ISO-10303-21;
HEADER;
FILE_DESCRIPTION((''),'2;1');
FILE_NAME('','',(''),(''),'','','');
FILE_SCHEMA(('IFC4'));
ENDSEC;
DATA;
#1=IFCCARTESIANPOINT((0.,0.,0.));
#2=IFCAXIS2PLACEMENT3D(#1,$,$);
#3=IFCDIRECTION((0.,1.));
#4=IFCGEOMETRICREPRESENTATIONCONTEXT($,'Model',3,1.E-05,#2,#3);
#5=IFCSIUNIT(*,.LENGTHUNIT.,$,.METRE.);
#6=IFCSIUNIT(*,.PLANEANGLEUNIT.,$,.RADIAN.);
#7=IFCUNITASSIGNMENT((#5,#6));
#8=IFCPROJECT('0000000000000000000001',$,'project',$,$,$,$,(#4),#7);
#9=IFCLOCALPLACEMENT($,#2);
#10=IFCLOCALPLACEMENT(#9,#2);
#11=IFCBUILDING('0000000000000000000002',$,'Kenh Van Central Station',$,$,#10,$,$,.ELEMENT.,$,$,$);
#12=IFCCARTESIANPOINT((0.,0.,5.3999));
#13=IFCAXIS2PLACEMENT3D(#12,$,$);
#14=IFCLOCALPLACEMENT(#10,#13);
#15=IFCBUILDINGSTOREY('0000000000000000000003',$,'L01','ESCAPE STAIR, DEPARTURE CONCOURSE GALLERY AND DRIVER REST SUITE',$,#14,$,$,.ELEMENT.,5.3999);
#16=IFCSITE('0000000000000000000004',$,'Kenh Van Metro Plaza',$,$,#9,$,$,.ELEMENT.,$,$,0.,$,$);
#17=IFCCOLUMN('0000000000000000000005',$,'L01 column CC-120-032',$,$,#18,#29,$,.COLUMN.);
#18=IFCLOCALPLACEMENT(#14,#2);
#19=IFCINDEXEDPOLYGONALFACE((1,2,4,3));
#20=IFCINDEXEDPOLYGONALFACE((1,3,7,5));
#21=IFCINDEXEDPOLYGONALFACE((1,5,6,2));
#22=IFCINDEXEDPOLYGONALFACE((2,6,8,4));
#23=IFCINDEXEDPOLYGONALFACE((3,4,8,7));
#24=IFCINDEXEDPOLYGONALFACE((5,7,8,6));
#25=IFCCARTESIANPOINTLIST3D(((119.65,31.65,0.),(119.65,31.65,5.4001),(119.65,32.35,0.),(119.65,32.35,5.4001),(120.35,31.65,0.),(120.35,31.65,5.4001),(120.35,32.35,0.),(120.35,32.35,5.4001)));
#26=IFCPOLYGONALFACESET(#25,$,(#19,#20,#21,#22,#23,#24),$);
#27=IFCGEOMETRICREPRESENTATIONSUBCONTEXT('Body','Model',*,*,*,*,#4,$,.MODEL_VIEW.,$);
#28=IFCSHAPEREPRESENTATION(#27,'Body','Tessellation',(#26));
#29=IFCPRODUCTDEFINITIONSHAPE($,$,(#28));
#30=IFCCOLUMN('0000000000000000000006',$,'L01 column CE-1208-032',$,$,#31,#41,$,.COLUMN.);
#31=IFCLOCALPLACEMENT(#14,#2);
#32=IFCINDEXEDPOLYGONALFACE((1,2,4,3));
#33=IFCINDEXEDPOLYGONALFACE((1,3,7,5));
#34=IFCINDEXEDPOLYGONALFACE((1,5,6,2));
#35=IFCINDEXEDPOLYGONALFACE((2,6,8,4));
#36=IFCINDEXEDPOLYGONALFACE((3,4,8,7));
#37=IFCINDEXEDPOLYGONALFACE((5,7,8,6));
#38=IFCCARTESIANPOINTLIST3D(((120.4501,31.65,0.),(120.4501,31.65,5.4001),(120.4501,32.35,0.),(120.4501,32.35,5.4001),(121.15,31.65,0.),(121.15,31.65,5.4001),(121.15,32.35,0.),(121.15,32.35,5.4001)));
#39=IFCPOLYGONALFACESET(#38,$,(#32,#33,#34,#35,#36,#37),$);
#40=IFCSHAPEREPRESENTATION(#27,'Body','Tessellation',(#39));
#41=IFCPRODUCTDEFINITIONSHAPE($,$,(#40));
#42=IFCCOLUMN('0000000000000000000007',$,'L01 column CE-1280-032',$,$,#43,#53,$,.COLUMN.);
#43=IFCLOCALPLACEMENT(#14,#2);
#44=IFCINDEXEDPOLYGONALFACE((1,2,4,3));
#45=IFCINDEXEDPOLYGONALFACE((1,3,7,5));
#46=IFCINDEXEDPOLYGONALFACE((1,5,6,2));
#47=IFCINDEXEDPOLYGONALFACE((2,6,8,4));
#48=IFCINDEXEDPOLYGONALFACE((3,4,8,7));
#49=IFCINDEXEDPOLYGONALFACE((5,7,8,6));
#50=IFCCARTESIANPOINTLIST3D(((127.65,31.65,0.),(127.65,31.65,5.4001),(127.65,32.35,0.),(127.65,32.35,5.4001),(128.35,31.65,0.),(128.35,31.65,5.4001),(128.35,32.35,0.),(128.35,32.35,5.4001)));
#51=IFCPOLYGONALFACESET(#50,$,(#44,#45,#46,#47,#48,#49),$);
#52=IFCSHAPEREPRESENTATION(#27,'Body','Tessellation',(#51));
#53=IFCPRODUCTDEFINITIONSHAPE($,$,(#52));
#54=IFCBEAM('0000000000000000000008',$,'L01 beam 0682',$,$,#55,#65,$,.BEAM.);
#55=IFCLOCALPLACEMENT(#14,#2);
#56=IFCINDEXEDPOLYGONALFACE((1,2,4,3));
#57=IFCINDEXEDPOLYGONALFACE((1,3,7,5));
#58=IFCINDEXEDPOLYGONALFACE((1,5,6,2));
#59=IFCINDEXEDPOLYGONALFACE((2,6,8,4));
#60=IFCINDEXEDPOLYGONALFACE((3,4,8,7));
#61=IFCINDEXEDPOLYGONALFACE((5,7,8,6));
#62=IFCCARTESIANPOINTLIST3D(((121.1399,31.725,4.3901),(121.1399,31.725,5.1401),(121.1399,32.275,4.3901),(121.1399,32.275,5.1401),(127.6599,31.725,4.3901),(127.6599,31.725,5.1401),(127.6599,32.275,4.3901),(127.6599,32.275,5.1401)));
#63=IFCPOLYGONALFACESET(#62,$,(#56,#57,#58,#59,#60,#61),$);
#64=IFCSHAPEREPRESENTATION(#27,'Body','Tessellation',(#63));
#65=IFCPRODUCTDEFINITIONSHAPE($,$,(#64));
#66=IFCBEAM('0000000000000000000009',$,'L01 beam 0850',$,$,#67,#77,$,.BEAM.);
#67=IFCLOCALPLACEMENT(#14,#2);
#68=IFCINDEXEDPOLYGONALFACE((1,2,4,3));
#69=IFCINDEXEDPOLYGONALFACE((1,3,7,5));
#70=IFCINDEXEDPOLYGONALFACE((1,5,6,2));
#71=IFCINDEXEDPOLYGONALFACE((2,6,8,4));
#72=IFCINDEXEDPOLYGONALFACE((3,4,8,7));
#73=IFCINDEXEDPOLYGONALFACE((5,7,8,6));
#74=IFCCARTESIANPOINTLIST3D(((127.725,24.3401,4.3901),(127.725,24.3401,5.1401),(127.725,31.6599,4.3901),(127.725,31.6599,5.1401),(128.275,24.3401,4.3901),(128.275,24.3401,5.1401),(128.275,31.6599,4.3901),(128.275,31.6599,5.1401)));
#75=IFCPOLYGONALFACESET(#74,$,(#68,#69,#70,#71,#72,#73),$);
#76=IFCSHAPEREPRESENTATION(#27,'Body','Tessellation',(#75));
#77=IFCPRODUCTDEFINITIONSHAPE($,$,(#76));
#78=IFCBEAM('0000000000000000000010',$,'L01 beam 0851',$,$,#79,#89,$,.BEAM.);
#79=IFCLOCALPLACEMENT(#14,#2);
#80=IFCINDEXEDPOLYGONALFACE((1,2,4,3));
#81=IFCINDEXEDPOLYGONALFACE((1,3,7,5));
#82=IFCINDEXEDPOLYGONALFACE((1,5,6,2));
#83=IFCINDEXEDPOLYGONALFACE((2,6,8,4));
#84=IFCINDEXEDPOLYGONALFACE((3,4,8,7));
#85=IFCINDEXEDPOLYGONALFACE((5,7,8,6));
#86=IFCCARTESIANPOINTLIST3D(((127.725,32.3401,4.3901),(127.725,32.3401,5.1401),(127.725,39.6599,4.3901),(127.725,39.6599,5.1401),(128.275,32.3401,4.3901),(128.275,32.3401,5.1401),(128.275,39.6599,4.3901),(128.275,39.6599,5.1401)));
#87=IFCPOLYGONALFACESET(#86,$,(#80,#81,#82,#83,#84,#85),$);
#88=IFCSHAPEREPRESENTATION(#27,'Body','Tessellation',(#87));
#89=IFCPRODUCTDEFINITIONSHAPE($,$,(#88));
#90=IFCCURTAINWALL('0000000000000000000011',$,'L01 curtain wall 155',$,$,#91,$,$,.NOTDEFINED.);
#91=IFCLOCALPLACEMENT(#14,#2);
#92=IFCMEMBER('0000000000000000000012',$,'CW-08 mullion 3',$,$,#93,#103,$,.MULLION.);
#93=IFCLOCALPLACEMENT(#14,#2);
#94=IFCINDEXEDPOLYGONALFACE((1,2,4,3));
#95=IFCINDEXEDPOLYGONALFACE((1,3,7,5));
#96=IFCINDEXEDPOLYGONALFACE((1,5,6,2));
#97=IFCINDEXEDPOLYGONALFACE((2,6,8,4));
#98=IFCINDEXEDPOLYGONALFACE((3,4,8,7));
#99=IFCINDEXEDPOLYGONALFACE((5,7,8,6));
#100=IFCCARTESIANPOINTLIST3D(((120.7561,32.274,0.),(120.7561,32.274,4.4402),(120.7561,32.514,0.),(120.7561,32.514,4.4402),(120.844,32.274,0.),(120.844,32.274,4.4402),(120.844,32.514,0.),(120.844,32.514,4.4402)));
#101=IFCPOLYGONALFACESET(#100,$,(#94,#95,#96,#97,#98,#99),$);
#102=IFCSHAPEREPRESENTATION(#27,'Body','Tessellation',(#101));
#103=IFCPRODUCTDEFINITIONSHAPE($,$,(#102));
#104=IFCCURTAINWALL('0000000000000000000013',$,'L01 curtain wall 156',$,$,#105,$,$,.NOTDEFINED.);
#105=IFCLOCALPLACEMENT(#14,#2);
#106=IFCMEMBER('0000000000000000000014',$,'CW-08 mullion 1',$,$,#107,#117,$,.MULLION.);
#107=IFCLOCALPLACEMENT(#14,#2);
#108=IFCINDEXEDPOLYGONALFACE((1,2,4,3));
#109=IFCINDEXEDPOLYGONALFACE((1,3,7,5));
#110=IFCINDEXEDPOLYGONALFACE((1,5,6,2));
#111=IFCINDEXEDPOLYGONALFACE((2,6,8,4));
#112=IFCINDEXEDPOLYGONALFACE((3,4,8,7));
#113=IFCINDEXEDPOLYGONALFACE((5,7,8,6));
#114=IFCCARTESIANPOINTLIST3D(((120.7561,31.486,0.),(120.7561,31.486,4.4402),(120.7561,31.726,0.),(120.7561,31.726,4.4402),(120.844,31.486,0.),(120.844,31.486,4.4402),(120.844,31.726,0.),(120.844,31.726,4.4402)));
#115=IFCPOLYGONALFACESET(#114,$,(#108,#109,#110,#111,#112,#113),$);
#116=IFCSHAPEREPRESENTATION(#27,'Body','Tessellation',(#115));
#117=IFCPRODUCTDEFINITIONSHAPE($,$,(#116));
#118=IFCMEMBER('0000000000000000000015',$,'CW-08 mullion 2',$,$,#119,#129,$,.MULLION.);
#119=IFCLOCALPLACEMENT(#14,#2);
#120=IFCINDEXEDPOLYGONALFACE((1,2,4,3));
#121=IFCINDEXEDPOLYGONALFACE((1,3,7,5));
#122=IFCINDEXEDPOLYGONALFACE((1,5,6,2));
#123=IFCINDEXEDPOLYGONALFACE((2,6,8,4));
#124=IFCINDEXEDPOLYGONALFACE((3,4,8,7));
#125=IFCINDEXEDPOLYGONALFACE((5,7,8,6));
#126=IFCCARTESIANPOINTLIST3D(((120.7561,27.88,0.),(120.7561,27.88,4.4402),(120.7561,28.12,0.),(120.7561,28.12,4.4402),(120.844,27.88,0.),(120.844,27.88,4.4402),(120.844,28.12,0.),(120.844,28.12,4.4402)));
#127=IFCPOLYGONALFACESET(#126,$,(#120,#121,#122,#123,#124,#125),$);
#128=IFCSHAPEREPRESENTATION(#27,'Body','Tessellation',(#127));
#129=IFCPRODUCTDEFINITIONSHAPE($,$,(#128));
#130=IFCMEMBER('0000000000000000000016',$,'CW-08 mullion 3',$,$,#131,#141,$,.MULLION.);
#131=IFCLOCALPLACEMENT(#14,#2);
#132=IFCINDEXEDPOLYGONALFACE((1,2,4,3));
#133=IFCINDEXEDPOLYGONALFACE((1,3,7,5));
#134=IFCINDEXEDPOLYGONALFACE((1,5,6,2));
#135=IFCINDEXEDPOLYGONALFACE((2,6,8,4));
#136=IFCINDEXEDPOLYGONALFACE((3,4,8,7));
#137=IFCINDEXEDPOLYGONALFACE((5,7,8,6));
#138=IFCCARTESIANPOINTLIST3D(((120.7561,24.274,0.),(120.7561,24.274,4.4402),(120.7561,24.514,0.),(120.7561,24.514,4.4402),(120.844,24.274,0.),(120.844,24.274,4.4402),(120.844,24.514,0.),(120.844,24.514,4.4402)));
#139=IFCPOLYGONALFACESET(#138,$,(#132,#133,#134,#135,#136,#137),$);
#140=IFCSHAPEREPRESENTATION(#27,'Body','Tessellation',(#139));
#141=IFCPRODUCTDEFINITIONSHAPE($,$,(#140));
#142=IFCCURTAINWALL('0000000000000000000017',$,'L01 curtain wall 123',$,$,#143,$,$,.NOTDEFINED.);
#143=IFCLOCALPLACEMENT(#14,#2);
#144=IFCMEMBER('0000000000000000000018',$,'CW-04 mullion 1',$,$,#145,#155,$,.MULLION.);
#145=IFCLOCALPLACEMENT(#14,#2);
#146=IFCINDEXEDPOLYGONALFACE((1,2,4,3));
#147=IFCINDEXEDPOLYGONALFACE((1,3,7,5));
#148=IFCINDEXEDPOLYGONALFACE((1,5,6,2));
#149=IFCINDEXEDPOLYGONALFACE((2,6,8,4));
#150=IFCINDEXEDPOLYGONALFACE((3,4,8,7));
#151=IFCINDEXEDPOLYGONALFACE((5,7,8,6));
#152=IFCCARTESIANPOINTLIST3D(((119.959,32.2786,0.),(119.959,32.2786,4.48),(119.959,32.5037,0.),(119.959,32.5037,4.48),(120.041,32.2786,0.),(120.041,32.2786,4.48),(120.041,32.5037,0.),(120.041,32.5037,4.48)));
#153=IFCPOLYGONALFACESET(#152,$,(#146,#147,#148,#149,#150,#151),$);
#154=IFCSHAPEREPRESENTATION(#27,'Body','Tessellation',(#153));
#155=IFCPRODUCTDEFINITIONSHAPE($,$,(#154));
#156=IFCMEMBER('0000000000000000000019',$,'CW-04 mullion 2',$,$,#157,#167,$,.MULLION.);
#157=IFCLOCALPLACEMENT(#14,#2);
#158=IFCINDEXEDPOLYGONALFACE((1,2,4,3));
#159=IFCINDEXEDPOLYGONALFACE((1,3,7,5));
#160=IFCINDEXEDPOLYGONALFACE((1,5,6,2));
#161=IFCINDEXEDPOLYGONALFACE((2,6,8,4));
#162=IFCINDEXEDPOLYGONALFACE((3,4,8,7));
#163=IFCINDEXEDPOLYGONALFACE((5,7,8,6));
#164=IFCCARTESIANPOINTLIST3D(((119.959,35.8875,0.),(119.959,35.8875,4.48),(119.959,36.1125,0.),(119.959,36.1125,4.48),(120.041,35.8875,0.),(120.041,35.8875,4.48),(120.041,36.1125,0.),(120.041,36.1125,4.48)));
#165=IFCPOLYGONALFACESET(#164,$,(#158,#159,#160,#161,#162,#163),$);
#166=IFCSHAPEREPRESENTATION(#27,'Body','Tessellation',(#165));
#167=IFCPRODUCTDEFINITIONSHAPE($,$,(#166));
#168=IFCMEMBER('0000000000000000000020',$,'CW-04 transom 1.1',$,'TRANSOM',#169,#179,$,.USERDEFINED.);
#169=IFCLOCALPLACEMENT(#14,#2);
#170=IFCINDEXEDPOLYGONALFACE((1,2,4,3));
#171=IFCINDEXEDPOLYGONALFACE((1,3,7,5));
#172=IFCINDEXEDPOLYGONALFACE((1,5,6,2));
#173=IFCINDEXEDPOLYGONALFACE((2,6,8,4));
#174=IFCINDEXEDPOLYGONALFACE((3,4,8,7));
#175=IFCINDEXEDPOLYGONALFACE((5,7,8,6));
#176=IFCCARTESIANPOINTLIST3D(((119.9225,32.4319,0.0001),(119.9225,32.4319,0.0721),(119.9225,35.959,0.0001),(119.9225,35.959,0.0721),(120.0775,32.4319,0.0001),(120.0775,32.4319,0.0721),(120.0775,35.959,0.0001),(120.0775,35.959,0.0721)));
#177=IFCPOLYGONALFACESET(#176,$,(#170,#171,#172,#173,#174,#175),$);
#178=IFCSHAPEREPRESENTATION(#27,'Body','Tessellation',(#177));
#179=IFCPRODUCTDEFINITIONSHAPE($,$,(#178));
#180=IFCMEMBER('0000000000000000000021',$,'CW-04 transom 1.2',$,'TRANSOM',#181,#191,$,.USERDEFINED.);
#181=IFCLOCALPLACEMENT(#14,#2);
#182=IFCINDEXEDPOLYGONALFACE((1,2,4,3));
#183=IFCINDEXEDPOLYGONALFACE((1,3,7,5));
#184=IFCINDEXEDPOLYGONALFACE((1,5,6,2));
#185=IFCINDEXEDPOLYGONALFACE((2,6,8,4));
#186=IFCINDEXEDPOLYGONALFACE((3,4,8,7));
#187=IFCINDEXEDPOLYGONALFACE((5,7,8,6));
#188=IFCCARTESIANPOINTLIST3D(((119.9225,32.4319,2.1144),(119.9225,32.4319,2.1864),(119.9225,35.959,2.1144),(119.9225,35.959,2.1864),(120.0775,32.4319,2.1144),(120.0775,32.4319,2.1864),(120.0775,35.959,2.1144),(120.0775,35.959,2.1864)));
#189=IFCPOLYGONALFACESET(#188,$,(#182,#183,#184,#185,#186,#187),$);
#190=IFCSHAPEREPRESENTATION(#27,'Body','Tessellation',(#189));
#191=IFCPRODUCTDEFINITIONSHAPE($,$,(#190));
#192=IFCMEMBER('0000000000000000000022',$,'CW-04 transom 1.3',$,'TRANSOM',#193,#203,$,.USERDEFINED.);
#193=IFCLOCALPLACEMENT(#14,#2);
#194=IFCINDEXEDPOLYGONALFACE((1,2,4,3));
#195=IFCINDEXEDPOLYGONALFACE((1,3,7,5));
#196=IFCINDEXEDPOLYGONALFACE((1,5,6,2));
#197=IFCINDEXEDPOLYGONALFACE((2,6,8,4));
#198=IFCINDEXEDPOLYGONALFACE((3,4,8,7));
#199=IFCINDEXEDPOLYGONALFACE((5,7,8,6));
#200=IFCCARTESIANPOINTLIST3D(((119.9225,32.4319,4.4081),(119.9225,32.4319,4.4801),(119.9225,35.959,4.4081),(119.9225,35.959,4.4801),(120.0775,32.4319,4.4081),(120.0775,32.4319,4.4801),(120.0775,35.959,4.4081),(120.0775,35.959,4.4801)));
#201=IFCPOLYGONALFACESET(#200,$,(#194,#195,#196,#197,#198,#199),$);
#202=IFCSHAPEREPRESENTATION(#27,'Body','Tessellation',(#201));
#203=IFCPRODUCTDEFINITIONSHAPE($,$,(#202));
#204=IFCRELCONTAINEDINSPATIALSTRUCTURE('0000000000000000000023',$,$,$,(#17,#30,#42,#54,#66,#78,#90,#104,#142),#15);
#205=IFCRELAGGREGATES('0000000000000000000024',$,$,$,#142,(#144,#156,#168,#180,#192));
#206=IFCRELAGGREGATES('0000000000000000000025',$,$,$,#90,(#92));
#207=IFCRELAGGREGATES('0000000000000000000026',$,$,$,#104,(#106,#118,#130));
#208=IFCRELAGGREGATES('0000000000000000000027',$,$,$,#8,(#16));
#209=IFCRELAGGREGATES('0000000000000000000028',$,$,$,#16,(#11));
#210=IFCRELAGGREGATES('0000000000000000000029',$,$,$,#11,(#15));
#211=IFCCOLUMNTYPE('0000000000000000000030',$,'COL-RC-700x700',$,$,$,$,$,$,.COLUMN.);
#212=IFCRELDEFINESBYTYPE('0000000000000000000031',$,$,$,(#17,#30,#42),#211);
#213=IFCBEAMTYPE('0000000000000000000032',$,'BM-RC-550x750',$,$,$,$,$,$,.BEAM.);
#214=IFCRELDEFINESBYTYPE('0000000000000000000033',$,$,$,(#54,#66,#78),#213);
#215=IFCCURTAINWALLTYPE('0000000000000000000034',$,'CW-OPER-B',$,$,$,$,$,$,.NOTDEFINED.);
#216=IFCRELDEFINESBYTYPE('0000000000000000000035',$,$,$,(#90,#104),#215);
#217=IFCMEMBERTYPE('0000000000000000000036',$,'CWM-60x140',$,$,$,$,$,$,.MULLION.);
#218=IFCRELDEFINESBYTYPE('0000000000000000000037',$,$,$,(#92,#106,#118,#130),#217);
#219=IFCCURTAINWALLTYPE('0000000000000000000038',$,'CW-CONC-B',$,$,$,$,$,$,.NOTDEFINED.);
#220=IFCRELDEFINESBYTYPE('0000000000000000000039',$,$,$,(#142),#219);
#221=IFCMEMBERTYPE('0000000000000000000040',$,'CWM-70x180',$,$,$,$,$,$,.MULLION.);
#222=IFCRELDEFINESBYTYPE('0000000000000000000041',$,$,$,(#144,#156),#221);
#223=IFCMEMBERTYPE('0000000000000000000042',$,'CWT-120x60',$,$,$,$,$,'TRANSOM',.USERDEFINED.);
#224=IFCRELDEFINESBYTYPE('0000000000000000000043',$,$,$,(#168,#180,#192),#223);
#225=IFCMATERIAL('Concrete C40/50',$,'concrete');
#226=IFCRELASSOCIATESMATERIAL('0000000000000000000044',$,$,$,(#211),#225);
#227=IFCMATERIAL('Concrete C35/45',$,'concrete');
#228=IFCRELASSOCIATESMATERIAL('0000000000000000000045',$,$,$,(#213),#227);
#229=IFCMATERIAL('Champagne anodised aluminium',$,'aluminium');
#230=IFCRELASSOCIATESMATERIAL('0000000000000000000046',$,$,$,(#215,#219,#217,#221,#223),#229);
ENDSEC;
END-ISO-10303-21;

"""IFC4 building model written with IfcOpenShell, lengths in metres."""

from ifc_helpers import new_model, si_unit, direction, frame, origin, origin_2d, place, context, subcontext, project, spatial, rectangle, extrude, material, material_profile, profile_set, type_object, element, aggregate, save


model = new_model("IFC4")

# Units and contexts
model_context = context("Model", 3, precision=1e-05, world=origin(), true_north=direction((0.0, 1.0)))
body_context = subcontext(model_context, "Body", "Model", "MODEL_VIEW")
ifc_project = project(units=[si_unit("LENGTHUNIT", "METRE"), si_unit("PLANEANGLEUNIT", "RADIAN")], contexts=[model_context])

# Site, building, storey
site_placement = place(None, origin())
site = spatial("IfcSite", under=ifc_project, at=site_placement, Name="Kenh Van Metro Plaza", CompositionType="ELEMENT", RefElevation=0.0)
building_placement = place(site_placement, origin())
building = spatial("IfcBuilding", under=site, at=building_placement, Name="Kenh Van Central Station", CompositionType="ELEMENT")
storey_placement = place(building_placement, frame((0.0, 0.0, 5.3999)))
storey = spatial("IfcBuildingStorey", under=building, at=storey_placement, Name="L01", Description="ESCAPE STAIR, DEPARTURE CONCOURSE GALLERY AND DRIVER REST SUITE", CompositionType="ELEMENT", Elevation=5.3999)

# Columns
ifc_material_1 = material(Name="Concrete C40/50", Category="concrete")
ifc_material_profile_1 = material_profile(ifc_material_1, rectangle(XDim=0.7, YDim=0.7, at=origin_2d()), Name="RC 700x700")
ifc_profile_set_1 = profile_set([ifc_material_profile_1], Name="Concrete C40/50")
column_type = type_object("IfcColumnType", Name="COL-RC-700x700", PredefinedType="COLUMN", material=ifc_profile_set_1)
for number, where, z_axis, x_axis, name in (
    (1, (120.0, 32.0, 0.0), (0.0, 0.0, 1.0), (1.0, 0.0, 0.0), "L01 column CC-120-032"),
    (2, (120.8, 32.0, 0.0), (0.0, 0.0, 1.0), (1.0, 0.0, 0.0), "L01 column CE-1208-032"),
    (3, (128.0, 32.0, 0.0), (0.0, 0.0, 1.0), (1.0, 0.0, 0.0), "L01 column CE-1280-032"),
):
    element("IfcColumn", number, at=place(storey_placement, frame(where, z_axis=z_axis, x_axis=x_axis)), inside=storey, type_object=column_type, Name=name, PredefinedType="COLUMN", context=body_context, shape_type="SweptSolid", body=[
        extrude(rectangle(XDim=0.7, YDim=0.7, at=origin_2d()), origin(), (0.0, 0.0, 1.0), 5.4001),
    ])

# Beams
ifc_material_2 = material(Name="Concrete C35/45", Category="concrete")
ifc_material_profile_2 = material_profile(ifc_material_2, rectangle(XDim=0.55, YDim=0.75, at=origin_2d()), Name="RC 550x750")
ifc_profile_set_2 = profile_set([ifc_material_profile_2], Name="Concrete C35/45")
beam_type_1 = type_object("IfcBeamType", Name="BM-RC-550x750", PredefinedType="BEAM", material=ifc_profile_set_2)
beam_placement = place(storey_placement, frame((121.1399, 32.0, 4.7651), z_axis=(1.0, 0.0, 0.0), x_axis=(0.0, 1.0, 0.0)))
element("IfcBeam", 4, at=beam_placement, inside=storey, type_object=beam_type_1, Name="L01 beam 0682", PredefinedType="BEAM", context=body_context, shape_type="SweptSolid", body=[
    extrude(rectangle(XDim=0.55, YDim=0.75, at=origin_2d()), origin(), (0.0, 0.0, 1.0), 6.52),
])
for number, where, z_axis, x_axis, name in (
    (5, (128.0, 24.3401, 4.7651), (0.0, 1.0, 0.0), (-1.0, 0.0, 0.0), "L01 beam 0850"),
    (6, (128.0, 32.3401, 4.7651), (0.0, 1.0, 0.0), (-1.0, 0.0, 0.0), "L01 beam 0851"),
):
    element("IfcBeam", number, at=place(storey_placement, frame(where, z_axis=z_axis, x_axis=x_axis)), inside=storey, type_object=beam_type_1, Name=name, PredefinedType="BEAM", context=body_context, shape_type="SweptSolid", body=[
        extrude(rectangle(XDim=0.55, YDim=0.75, at=origin_2d()), origin(), (0.0, 0.0, 1.0), 7.3198),
    ])

# Curtain wall, member
ifc_material_3 = material(Name="Champagne anodised aluminium", Category="aluminium")
curtain_wall_type_1 = type_object("IfcCurtainWallType", Name="CW-OPER-B", PredefinedType="NOTDEFINED", material=ifc_material_3)
curtain_wall_1_placement = place(storey_placement, origin())
curtain_wall_1 = element("IfcCurtainWall", 7, at=curtain_wall_1_placement, inside=storey, type_object=curtain_wall_type_1, Name="L01 curtain wall 155", PredefinedType="NOTDEFINED")
ifc_material_profile_3 = material_profile(ifc_material_3, rectangle(XDim=0.0879, YDim=0.24, at=origin_2d()), Name="AL 88x240")
ifc_profile_set_3 = profile_set([ifc_material_profile_3], Name="Champagne anodised aluminium")
member_type_1 = type_object("IfcMemberType", Name="CWM-60x140", PredefinedType="MULLION", material=ifc_profile_set_3)
member_1_placement = place(storey_placement, frame((120.8, 32.394, 0.0), z_axis=(0.0, 0.0, 1.0), x_axis=(1.0, 0.0, 0.0)))
member_1 = element("IfcMember", 8, at=member_1_placement, type_object=member_type_1, Name="CW-08 mullion 3", PredefinedType="MULLION", context=body_context, shape_type="SweptSolid", body=[
    extrude(rectangle(XDim=0.0879, YDim=0.24, at=origin_2d()), origin(), (0.0, 0.0, 1.0), 4.4402),
])

# Curtain walls, members
curtain_wall_2_placement = place(storey_placement, origin())
curtain_wall_2 = element("IfcCurtainWall", 9, at=curtain_wall_2_placement, inside=storey, type_object=curtain_wall_type_1, Name="L01 curtain wall 156", PredefinedType="NOTDEFINED")
member_2_placement = place(storey_placement, frame((120.8, 31.606, 0.0), z_axis=(0.0, 0.0, 1.0), x_axis=(1.0, 0.0, 0.0)))
member_2 = element("IfcMember", 10, at=member_2_placement, type_object=member_type_1, Name="CW-08 mullion 1", PredefinedType="MULLION", context=body_context, shape_type="SweptSolid", body=[
    extrude(rectangle(XDim=0.0879, YDim=0.24, at=origin_2d()), origin(), (0.0, 0.0, 1.0), 4.4402),
])
member_3_placement = place(storey_placement, frame((120.8, 28.0, 0.0), z_axis=(0.0, 0.0, 1.0), x_axis=(1.0, 0.0, 0.0)))
member_3 = element("IfcMember", 11, at=member_3_placement, type_object=member_type_1, Name="CW-08 mullion 2", PredefinedType="MULLION", context=body_context, shape_type="SweptSolid", body=[
    extrude(rectangle(XDim=0.0879, YDim=0.24, at=origin_2d()), origin(), (0.0, 0.0, 1.0), 4.4402),
])
member_4_placement = place(storey_placement, frame((120.8, 24.394, 0.0), z_axis=(0.0, 0.0, 1.0), x_axis=(1.0, 0.0, 0.0)))
member_4 = element("IfcMember", 12, at=member_4_placement, type_object=member_type_1, Name="CW-08 mullion 3", PredefinedType="MULLION", context=body_context, shape_type="SweptSolid", body=[
    extrude(rectangle(XDim=0.0879, YDim=0.24, at=origin_2d()), origin(), (0.0, 0.0, 1.0), 4.4402),
])
curtain_wall_type_2 = type_object("IfcCurtainWallType", Name="CW-CONC-B", PredefinedType="NOTDEFINED", material=ifc_material_3)
curtain_wall_3_placement = place(storey_placement, origin())
curtain_wall_3 = element("IfcCurtainWall", 13, at=curtain_wall_3_placement, inside=storey, type_object=curtain_wall_type_2, Name="L01 curtain wall 123", PredefinedType="NOTDEFINED")
ifc_material_profile_4 = material_profile(ifc_material_3, rectangle(XDim=0.082, YDim=0.2251, at=origin_2d()), Name="AL 82x225")
ifc_profile_set_4 = profile_set([ifc_material_profile_4], Name="Champagne anodised aluminium")
member_type_2 = type_object("IfcMemberType", Name="CWM-70x180", PredefinedType="MULLION", material=ifc_profile_set_4)
member_5_placement = place(storey_placement, frame((120.0, 32.3911, 0.0), z_axis=(0.0, 0.0, 1.0), x_axis=(-1.0, 0.0, 0.0)))
member_5 = element("IfcMember", 14, at=member_5_placement, type_object=member_type_2, Name="CW-04 mullion 1", PredefinedType="MULLION", context=body_context, shape_type="SweptSolid", body=[
    extrude(rectangle(XDim=0.082, YDim=0.2251, at=origin_2d()), origin(), (0.0, 0.0, 1.0), 4.48),
])
member_6_placement = place(storey_placement, frame((120.0, 36.0, 0.0), z_axis=(0.0, 0.0, 1.0), x_axis=(-1.0, 0.0, 0.0)))
member_6 = element("IfcMember", 15, at=member_6_placement, type_object=member_type_2, Name="CW-04 mullion 2", PredefinedType="MULLION", context=body_context, shape_type="SweptSolid", body=[
    extrude(rectangle(XDim=0.082, YDim=0.2251, at=origin_2d()), origin(), (0.0, 0.0, 1.0), 4.48),
])
ifc_material_profile_5 = material_profile(ifc_material_3, rectangle(XDim=0.155, YDim=0.072, at=origin_2d()), Name="AL 155x72")
ifc_profile_set_5 = profile_set([ifc_material_profile_5], Name="Champagne anodised aluminium")
member_type_3 = type_object("IfcMemberType", Name="CWT-120x60", ElementType="TRANSOM", PredefinedType="USERDEFINED", material=ifc_profile_set_5)
member_7_placement = place(storey_placement, frame((120.0, 32.4319, 0.0361), z_axis=(0.0, 1.0, 0.0), x_axis=(-1.0, 0.0, 0.0)))
member_7 = element("IfcMember", 16, at=member_7_placement, type_object=member_type_3, Name="CW-04 transom 1.1", ObjectType="TRANSOM", PredefinedType="USERDEFINED", context=body_context, shape_type="SweptSolid", body=[
    extrude(rectangle(XDim=0.155, YDim=0.072, at=origin_2d()), origin(), (0.0, 0.0, 1.0), 3.5271),
])
member_8_placement = place(storey_placement, frame((120.0, 32.4319, 2.1504), z_axis=(0.0, 1.0, 0.0), x_axis=(-1.0, 0.0, 0.0)))
member_8 = element("IfcMember", 17, at=member_8_placement, type_object=member_type_3, Name="CW-04 transom 1.2", ObjectType="TRANSOM", PredefinedType="USERDEFINED", context=body_context, shape_type="SweptSolid", body=[
    extrude(rectangle(XDim=0.155, YDim=0.072, at=origin_2d()), origin(), (0.0, 0.0, 1.0), 3.5271),
])
member_9_placement = place(storey_placement, frame((120.0, 32.4319, 4.4441), z_axis=(0.0, 1.0, 0.0), x_axis=(-1.0, 0.0, 0.0)))
member_9 = element("IfcMember", 18, at=member_9_placement, type_object=member_type_3, Name="CW-04 transom 1.3", ObjectType="TRANSOM", PredefinedType="USERDEFINED", context=body_context, shape_type="SweptSolid", body=[
    extrude(rectangle(XDim=0.155, YDim=0.072, at=origin_2d()), origin(), (0.0, 0.0, 1.0), 3.5271),
])

aggregate(curtain_wall_3, [member_5, member_6, member_7, member_8, member_9])
aggregate(curtain_wall_1, [member_1])
aggregate(curtain_wall_2, [member_2, member_3, member_4])

save(model, "model.ifc")
